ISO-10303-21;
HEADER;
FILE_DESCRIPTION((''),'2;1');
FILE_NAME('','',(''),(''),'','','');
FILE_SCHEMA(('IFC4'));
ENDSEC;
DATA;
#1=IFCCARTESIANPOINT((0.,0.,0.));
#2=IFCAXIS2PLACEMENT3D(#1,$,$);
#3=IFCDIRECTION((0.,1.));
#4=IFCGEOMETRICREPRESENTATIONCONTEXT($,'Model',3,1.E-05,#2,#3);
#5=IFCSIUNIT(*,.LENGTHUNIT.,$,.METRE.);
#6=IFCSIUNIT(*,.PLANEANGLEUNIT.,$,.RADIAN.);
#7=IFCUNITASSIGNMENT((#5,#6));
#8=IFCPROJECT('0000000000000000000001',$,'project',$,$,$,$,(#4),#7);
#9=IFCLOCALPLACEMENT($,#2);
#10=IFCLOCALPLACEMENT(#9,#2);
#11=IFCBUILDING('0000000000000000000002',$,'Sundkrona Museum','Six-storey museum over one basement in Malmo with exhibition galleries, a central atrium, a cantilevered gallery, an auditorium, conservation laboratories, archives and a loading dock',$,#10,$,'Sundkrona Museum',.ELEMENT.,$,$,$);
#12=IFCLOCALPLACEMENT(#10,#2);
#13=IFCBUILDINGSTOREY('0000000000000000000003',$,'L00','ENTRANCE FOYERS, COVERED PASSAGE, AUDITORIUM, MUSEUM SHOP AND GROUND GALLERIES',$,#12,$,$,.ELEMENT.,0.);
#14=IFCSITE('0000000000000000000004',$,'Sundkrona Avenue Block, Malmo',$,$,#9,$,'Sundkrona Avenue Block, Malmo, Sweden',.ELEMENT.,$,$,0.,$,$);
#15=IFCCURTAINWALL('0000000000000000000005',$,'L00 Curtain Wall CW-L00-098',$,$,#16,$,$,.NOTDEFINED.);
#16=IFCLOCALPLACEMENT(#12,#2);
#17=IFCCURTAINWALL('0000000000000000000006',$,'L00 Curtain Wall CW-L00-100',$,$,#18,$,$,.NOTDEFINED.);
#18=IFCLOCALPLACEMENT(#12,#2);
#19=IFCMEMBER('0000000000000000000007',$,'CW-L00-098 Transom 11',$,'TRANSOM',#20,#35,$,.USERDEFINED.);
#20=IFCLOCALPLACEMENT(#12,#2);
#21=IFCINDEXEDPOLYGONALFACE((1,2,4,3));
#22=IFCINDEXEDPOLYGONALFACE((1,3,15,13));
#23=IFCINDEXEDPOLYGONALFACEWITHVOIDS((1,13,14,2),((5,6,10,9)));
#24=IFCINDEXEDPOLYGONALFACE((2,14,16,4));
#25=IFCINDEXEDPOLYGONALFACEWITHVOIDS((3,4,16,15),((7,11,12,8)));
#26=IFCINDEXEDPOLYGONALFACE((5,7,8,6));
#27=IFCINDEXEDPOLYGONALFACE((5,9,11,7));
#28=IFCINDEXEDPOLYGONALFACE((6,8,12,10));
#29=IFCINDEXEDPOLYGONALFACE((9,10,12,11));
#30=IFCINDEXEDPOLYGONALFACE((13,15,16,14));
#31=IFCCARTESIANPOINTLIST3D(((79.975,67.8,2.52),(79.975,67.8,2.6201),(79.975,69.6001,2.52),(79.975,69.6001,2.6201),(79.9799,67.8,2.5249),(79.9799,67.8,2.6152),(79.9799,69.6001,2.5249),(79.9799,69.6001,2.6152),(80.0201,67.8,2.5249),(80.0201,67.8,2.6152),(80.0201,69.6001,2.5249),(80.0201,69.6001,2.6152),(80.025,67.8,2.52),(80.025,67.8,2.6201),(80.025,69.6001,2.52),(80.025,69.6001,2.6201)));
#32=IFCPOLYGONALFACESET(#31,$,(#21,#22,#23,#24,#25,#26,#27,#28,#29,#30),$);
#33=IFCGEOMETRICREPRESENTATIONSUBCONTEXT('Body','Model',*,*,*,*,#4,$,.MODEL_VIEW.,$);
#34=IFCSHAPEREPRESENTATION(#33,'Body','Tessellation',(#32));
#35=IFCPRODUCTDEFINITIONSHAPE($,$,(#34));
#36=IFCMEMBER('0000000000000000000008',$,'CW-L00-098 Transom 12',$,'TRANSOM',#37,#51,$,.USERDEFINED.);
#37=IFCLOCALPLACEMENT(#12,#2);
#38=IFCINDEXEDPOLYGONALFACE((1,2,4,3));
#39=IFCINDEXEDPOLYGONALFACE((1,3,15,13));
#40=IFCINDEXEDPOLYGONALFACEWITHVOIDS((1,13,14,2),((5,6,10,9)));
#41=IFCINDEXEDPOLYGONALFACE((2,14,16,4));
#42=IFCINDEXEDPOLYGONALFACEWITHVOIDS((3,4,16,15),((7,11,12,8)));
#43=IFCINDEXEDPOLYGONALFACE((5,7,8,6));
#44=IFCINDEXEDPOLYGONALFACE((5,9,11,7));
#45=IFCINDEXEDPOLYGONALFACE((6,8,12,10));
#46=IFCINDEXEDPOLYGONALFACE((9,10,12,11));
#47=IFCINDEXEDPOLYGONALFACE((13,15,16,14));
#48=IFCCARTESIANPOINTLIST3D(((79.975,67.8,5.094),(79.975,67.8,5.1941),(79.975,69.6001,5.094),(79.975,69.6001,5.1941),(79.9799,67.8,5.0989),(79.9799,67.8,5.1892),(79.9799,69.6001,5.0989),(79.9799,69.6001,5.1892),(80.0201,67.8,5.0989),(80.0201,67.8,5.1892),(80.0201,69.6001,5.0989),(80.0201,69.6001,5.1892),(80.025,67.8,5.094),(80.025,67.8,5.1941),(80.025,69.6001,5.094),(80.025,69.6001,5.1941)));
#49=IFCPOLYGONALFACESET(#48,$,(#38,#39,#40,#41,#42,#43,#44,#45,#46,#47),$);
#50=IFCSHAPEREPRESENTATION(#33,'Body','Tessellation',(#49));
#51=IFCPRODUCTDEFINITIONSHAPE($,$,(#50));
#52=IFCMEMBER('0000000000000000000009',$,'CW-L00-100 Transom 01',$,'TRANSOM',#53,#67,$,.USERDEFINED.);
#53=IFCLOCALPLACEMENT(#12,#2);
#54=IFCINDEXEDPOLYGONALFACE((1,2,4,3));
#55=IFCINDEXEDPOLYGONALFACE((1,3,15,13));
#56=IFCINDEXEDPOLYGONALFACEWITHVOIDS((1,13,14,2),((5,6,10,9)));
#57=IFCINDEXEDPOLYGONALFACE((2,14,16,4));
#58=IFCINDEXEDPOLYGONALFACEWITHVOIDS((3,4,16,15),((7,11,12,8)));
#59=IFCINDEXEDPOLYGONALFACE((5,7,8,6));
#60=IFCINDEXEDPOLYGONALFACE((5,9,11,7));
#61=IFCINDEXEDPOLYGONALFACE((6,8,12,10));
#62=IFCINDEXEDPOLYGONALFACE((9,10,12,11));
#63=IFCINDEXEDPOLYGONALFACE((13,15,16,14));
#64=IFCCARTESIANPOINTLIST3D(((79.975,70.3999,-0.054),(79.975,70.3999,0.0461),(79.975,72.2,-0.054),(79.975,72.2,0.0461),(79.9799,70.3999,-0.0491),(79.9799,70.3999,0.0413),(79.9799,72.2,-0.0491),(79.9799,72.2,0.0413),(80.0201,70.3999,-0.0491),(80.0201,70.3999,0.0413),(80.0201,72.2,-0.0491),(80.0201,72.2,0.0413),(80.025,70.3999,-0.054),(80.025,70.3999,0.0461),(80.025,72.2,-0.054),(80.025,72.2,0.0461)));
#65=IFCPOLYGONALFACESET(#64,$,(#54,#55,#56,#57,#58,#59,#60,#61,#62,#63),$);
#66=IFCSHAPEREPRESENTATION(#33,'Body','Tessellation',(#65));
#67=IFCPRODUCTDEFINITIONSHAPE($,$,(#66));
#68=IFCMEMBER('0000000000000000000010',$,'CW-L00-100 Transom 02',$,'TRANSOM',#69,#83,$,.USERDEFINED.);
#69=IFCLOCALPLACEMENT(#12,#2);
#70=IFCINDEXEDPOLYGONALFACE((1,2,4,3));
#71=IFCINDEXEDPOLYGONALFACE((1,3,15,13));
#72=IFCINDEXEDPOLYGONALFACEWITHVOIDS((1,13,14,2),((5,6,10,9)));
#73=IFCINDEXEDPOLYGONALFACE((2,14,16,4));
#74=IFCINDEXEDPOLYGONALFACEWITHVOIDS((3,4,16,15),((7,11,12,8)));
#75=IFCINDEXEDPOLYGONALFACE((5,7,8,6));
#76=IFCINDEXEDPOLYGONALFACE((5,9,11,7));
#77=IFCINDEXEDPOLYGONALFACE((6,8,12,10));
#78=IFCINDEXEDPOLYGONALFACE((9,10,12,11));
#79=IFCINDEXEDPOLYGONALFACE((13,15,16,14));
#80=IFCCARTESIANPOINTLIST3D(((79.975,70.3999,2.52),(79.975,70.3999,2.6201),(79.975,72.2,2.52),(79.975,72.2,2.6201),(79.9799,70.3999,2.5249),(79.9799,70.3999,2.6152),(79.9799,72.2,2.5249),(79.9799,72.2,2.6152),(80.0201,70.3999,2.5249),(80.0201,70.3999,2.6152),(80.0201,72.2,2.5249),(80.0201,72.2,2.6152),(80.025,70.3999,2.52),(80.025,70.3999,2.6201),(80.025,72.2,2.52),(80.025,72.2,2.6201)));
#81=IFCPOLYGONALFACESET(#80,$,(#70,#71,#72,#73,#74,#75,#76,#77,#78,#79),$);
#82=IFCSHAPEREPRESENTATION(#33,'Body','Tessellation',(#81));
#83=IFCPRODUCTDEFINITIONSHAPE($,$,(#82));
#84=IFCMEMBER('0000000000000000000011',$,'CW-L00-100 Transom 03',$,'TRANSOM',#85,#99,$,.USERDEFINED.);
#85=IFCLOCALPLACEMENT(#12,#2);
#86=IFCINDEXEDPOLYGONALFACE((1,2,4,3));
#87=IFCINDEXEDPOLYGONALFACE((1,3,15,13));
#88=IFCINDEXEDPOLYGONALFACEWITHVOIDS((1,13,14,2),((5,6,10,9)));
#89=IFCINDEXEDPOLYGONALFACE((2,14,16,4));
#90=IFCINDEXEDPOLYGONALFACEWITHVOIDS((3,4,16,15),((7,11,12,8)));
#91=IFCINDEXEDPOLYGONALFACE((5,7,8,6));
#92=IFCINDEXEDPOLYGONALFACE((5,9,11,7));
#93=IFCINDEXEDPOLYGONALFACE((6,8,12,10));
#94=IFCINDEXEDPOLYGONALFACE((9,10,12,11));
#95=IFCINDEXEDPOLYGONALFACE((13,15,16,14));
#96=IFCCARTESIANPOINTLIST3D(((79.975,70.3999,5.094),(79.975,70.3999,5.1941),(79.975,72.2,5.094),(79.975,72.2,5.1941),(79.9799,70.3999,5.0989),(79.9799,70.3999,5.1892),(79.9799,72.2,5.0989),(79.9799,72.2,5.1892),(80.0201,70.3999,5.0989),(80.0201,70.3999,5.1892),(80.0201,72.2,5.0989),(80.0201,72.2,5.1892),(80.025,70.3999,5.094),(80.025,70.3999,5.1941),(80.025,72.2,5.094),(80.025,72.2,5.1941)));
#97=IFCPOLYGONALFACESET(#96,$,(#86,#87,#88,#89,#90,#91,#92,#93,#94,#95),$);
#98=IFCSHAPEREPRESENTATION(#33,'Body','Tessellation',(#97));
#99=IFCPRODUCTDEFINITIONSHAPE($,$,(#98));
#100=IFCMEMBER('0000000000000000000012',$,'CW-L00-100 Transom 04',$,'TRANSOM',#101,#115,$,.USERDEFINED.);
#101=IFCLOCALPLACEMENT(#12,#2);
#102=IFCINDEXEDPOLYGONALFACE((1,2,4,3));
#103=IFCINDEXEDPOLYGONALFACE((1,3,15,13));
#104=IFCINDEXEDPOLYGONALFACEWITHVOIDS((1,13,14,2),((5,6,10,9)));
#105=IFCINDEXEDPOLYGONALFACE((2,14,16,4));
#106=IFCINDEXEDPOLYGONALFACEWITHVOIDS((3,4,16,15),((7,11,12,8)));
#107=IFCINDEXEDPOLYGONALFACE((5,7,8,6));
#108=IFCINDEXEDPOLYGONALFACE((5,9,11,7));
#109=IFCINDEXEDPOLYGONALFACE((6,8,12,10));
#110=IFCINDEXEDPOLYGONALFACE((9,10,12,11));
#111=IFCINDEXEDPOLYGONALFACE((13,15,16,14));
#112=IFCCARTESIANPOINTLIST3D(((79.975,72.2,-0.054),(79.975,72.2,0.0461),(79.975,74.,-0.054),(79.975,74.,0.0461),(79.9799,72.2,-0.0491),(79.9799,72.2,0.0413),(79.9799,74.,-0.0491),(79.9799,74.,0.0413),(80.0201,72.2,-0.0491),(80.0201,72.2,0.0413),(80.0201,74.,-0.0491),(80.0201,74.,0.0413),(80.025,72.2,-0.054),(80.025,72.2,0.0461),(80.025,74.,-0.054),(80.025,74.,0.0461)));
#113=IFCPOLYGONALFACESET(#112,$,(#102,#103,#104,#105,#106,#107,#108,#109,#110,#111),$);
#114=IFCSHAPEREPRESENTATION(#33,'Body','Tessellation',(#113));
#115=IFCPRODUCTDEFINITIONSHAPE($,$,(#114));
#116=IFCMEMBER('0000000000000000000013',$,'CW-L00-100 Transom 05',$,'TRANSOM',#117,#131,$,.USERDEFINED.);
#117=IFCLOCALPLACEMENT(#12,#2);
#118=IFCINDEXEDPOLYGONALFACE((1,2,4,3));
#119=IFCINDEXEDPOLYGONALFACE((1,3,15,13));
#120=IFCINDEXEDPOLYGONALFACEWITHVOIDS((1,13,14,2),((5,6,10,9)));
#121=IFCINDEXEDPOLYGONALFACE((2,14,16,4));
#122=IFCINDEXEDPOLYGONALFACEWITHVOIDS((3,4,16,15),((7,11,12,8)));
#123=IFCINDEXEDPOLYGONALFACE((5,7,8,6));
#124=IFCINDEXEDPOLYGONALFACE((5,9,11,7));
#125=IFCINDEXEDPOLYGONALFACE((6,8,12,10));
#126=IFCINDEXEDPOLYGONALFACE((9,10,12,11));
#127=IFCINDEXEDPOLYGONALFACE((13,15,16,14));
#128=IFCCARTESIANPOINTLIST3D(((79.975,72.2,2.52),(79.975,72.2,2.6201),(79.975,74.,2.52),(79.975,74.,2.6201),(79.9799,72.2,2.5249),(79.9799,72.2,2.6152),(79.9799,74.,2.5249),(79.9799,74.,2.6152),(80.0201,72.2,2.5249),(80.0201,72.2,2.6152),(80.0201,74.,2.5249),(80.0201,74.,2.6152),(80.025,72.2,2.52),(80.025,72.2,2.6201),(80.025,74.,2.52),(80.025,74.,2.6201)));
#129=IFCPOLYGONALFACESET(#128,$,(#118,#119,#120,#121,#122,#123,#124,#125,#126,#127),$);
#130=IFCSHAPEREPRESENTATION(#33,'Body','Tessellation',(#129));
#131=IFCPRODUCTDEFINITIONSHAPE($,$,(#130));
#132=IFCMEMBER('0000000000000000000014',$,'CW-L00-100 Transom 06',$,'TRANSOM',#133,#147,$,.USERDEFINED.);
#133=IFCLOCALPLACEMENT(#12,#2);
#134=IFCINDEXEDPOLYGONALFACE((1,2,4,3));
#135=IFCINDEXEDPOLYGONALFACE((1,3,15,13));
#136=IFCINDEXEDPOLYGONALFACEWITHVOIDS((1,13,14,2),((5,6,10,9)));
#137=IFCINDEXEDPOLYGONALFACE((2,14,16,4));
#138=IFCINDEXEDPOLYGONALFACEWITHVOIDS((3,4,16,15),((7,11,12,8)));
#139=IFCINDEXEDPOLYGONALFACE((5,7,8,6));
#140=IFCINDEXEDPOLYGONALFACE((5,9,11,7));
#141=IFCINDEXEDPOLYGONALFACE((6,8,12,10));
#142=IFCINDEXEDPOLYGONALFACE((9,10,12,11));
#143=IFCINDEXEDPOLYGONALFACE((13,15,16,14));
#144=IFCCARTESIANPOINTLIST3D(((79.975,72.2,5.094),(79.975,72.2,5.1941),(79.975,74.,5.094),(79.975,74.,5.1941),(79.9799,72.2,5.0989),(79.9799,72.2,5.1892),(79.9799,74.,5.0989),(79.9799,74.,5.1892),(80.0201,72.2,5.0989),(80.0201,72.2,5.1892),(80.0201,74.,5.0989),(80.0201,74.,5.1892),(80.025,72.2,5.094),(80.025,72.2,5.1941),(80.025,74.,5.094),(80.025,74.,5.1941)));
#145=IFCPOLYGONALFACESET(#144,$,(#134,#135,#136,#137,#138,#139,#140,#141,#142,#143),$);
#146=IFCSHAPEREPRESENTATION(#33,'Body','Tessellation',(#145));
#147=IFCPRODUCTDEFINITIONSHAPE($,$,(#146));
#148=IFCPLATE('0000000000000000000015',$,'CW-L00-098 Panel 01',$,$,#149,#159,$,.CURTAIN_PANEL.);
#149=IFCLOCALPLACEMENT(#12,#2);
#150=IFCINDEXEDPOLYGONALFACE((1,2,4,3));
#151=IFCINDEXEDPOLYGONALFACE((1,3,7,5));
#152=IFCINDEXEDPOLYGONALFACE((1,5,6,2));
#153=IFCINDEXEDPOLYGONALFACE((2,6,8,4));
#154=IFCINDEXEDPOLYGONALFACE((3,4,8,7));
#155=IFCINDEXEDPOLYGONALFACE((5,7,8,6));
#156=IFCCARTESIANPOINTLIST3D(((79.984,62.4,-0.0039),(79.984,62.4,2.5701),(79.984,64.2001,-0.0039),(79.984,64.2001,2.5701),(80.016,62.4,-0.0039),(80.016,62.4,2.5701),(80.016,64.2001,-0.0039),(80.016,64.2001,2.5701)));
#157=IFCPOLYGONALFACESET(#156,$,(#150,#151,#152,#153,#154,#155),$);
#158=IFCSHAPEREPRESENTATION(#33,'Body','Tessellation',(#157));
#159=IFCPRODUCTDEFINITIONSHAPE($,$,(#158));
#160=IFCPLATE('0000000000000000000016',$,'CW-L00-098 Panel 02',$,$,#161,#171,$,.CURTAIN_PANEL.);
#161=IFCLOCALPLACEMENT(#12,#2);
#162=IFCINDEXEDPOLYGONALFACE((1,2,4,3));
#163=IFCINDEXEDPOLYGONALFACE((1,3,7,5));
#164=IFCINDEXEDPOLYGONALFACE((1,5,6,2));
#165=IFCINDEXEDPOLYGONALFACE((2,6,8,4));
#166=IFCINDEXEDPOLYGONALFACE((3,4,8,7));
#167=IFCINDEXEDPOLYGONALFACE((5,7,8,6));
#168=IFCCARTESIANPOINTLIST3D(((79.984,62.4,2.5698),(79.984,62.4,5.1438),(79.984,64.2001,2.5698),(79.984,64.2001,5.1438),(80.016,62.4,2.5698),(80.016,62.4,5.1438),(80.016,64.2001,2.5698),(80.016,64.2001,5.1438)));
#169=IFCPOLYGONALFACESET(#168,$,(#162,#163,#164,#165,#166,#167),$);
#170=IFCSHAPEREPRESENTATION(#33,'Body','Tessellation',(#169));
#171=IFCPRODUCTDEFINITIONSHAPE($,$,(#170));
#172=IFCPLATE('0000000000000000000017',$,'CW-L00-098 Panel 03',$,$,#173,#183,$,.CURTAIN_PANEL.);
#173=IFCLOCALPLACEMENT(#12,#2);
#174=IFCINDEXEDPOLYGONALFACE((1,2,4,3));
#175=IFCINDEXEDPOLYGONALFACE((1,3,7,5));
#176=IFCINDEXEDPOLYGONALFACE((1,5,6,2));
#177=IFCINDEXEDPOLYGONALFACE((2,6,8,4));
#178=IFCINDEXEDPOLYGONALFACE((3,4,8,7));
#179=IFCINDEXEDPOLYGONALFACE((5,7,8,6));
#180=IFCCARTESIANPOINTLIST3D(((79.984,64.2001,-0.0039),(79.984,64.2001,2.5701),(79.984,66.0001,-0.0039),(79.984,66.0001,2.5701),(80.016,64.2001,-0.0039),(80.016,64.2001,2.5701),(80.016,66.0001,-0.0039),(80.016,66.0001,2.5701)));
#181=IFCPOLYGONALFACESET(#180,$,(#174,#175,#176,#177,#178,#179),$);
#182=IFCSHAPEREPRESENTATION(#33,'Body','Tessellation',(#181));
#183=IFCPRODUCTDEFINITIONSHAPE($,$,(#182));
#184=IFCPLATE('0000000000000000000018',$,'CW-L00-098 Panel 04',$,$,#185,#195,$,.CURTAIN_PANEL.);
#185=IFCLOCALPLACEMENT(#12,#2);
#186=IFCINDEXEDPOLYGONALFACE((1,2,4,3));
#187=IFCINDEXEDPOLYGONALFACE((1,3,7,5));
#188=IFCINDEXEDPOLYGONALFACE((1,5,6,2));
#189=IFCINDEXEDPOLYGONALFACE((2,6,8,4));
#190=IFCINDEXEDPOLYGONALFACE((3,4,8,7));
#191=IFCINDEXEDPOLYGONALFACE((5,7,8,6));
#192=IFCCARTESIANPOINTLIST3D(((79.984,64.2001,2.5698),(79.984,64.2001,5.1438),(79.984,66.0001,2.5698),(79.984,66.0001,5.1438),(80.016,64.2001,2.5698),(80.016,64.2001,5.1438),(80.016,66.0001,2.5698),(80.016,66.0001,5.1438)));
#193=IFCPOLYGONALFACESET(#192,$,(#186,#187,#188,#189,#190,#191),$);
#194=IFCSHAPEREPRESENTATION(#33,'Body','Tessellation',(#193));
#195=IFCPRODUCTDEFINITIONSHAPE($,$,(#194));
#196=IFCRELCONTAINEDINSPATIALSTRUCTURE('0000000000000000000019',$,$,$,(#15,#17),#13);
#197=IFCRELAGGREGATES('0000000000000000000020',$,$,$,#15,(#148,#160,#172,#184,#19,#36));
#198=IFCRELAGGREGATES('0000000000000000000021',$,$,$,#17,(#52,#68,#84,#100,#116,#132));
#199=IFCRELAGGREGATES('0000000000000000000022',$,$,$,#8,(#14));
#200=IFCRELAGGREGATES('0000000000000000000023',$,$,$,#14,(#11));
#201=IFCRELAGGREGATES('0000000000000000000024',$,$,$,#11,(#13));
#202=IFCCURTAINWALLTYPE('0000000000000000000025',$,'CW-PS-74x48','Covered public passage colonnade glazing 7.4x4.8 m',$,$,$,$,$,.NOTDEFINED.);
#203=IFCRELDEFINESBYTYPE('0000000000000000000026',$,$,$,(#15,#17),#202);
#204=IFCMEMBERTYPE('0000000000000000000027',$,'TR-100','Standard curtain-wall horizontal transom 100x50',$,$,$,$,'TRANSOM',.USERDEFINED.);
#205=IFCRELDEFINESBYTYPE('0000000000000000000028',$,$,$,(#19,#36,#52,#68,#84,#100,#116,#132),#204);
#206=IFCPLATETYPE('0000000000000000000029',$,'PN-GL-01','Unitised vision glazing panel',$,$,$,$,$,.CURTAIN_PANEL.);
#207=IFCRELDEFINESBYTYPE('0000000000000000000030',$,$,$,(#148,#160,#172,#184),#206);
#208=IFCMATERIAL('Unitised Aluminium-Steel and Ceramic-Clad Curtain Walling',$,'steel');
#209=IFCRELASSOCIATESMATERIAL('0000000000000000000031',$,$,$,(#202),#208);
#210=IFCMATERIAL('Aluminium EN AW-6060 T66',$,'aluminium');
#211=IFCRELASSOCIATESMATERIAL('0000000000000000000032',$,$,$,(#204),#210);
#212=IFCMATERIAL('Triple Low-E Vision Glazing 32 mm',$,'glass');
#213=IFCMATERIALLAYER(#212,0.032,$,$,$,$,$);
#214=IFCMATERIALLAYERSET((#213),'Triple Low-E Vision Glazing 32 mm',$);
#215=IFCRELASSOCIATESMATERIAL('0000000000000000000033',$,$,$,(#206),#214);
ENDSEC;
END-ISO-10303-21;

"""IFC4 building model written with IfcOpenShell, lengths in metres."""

from ifc_helpers import new_model, si_unit, direction, frame, origin, origin_2d, place, context, subcontext, project, spatial, rectangle, hollow_rectangle, extrude, material, layer, layer_set, material_profile, profile_set, type_object, element, aggregate, save


model = new_model("IFC4")

# Units and contexts
model_context = context("Model", 3, precision=1e-05, world=origin(), true_north=direction((0.0, 1.0)))
body_context = subcontext(model_context, "Body", "Model", "MODEL_VIEW")
ifc_project = project(units=[si_unit("LENGTHUNIT", "METRE"), si_unit("PLANEANGLEUNIT", "RADIAN")], contexts=[model_context])

# Site, building, storey
site_placement = place(None, origin())
site = spatial("IfcSite", under=ifc_project, at=site_placement, Name="Sundkrona Avenue Block, Malmo", LongName="Sundkrona Avenue Block, Malmo, Sweden", CompositionType="ELEMENT", RefElevation=0.0)
building_placement = place(site_placement, origin())
building = spatial("IfcBuilding", under=site, at=building_placement, Name="Sundkrona Museum", Description="Six-storey museum over one basement in Malmo with exhibition galleries, a central atrium, a cantilevered gallery, an auditorium, conservation laboratories, archives and a loading dock", LongName="Sundkrona Museum", CompositionType="ELEMENT")
storey_placement = place(building_placement, origin())
storey = spatial("IfcBuildingStorey", under=building, at=storey_placement, Name="L00", Description="ENTRANCE FOYERS, COVERED PASSAGE, AUDITORIUM, MUSEUM SHOP AND GROUND GALLERIES", CompositionType="ELEMENT", Elevation=0.0)

# Curtain walls
ifc_material_1 = material(Name="Unitised Aluminium-Steel and Ceramic-Clad Curtain Walling", Category="steel")
curtain_wall_type = type_object("IfcCurtainWallType", Name="CW-PS-74x48", Description="Covered public passage colonnade glazing 7.4x4.8 m", PredefinedType="NOTDEFINED", material=ifc_material_1)
curtain_wall_1_placement = place(storey_placement, origin())
curtain_wall_1 = element("IfcCurtainWall", 1, at=curtain_wall_1_placement, inside=storey, type_object=curtain_wall_type, Name="L00 Curtain Wall CW-L00-098", PredefinedType="NOTDEFINED")
ifc_material_2 = material(Name="Aluminium EN AW-6060 T66", Category="aluminium")
curtain_wall_2_placement = place(storey_placement, origin())
curtain_wall_2 = element("IfcCurtainWall", 2, at=curtain_wall_2_placement, inside=storey, type_object=curtain_wall_type, Name="L00 Curtain Wall CW-L00-100", PredefinedType="NOTDEFINED")

# Members
ifc_material_profile_1 = material_profile(ifc_material_2, hollow_rectangle(XDim=0.05, YDim=0.1001, WallThickness=0.0049, at=origin_2d()), Name="RHS 100x50x5.0")
ifc_profile_set_1 = profile_set([ifc_material_profile_1], Name="Aluminium EN AW-6060 T66")
member_type_1 = type_object("IfcMemberType", Name="TR-100", Description="Standard curtain-wall horizontal transom 100x50", ElementType="TRANSOM", PredefinedType="USERDEFINED", material=ifc_profile_set_1)
member_1_placement = place(storey_placement, frame((80.0, 67.8, 2.5701), z_axis=(0.0, 1.0, 0.0), x_axis=(-1.0, 0.0, 0.0)))
member_1 = element("IfcMember", 3, at=member_1_placement, type_object=member_type_1, Name="CW-L00-098 Transom 11", ObjectType="TRANSOM", PredefinedType="USERDEFINED", context=body_context, shape_type="SweptSolid", body=[
    extrude(hollow_rectangle(XDim=0.05, YDim=0.1001, WallThickness=0.0049, at=origin_2d()), origin(), (0.0, 0.0, 1.0), 1.8),
])
member_2_placement = place(storey_placement, frame((80.0, 67.8, 5.144), z_axis=(0.0, 1.0, 0.0), x_axis=(-1.0, 0.0, 0.0)))
member_2 = element("IfcMember", 4, at=member_2_placement, type_object=member_type_1, Name="CW-L00-098 Transom 12", ObjectType="TRANSOM", PredefinedType="USERDEFINED", context=body_context, shape_type="SweptSolid", body=[
    extrude(hollow_rectangle(XDim=0.05, YDim=0.1001, WallThickness=0.0049, at=origin_2d()), origin(), (0.0, 0.0, 1.0), 1.8),
])
member_3_placement = place(storey_placement, frame((80.0, 70.3999, -0.0039), z_axis=(0.0, 1.0, 0.0), x_axis=(-1.0, 0.0, 0.0)))
member_3 = element("IfcMember", 5, at=member_3_placement, type_object=member_type_1, Name="CW-L00-100 Transom 01", ObjectType="TRANSOM", PredefinedType="USERDEFINED", context=body_context, shape_type="SweptSolid", body=[
    extrude(hollow_rectangle(XDim=0.05, YDim=0.1001, WallThickness=0.0049, at=origin_2d()), origin(), (0.0, 0.0, 1.0), 1.8),
])
member_4_placement = place(storey_placement, frame((80.0, 70.3999, 2.5701), z_axis=(0.0, 1.0, 0.0), x_axis=(-1.0, 0.0, 0.0)))
member_4 = element("IfcMember", 6, at=member_4_placement, type_object=member_type_1, Name="CW-L00-100 Transom 02", ObjectType="TRANSOM", PredefinedType="USERDEFINED", context=body_context, shape_type="SweptSolid", body=[
    extrude(hollow_rectangle(XDim=0.05, YDim=0.1001, WallThickness=0.0049, at=origin_2d()), origin(), (0.0, 0.0, 1.0), 1.8),
])
member_5_placement = place(storey_placement, frame((80.0, 70.3999, 5.144), z_axis=(0.0, 1.0, 0.0), x_axis=(-1.0, 0.0, 0.0)))
member_5 = element("IfcMember", 7, at=member_5_placement, type_object=member_type_1, Name="CW-L00-100 Transom 03", ObjectType="TRANSOM", PredefinedType="USERDEFINED", context=body_context, shape_type="SweptSolid", body=[
    extrude(hollow_rectangle(XDim=0.05, YDim=0.1001, WallThickness=0.0049, at=origin_2d()), origin(), (0.0, 0.0, 1.0), 1.8),
])
member_6_placement = place(storey_placement, frame((80.0, 72.2, -0.0039), z_axis=(0.0, 1.0, 0.0), x_axis=(-1.0, 0.0, 0.0)))
member_6 = element("IfcMember", 8, at=member_6_placement, type_object=member_type_1, Name="CW-L00-100 Transom 04", ObjectType="TRANSOM", PredefinedType="USERDEFINED", context=body_context, shape_type="SweptSolid", body=[
    extrude(hollow_rectangle(XDim=0.05, YDim=0.1001, WallThickness=0.0049, at=origin_2d()), origin(), (0.0, 0.0, 1.0), 1.8),
])
member_7_placement = place(storey_placement, frame((80.0, 72.2, 2.5701), z_axis=(0.0, 1.0, 0.0), x_axis=(-1.0, 0.0, 0.0)))
member_7 = element("IfcMember", 9, at=member_7_placement, type_object=member_type_1, Name="CW-L00-100 Transom 05", ObjectType="TRANSOM", PredefinedType="USERDEFINED", context=body_context, shape_type="SweptSolid", body=[
    extrude(hollow_rectangle(XDim=0.05, YDim=0.1001, WallThickness=0.0049, at=origin_2d()), origin(), (0.0, 0.0, 1.0), 1.8),
])
member_8_placement = place(storey_placement, frame((80.0, 72.2, 5.144), z_axis=(0.0, 1.0, 0.0), x_axis=(-1.0, 0.0, 0.0)))
member_8 = element("IfcMember", 10, at=member_8_placement, type_object=member_type_1, Name="CW-L00-100 Transom 06", ObjectType="TRANSOM", PredefinedType="USERDEFINED", context=body_context, shape_type="SweptSolid", body=[
    extrude(hollow_rectangle(XDim=0.05, YDim=0.1001, WallThickness=0.0049, at=origin_2d()), origin(), (0.0, 0.0, 1.0), 1.8),
])

# Plates
ifc_material_3 = material(Name="Triple Low-E Vision Glazing 32 mm", Category="glass")
ifc_layer = layer(ifc_material_3, 0.032)
ifc_layer_set = layer_set([ifc_layer], Name="Triple Low-E Vision Glazing 32 mm")
plate_type = type_object("IfcPlateType", Name="PN-GL-01", Description="Unitised vision glazing panel", PredefinedType="CURTAIN_PANEL", material=ifc_layer_set)
plate_1_placement = place(storey_placement, frame((80.0, 63.3, -0.0039), z_axis=(0.0, 0.0, 1.0), x_axis=(0.0, 1.0, 0.0)))
plate_1 = element("IfcPlate", 11, at=plate_1_placement, type_object=plate_type, Name="CW-L00-098 Panel 01", PredefinedType="CURTAIN_PANEL", context=body_context, shape_type="SweptSolid", body=[
    extrude(rectangle(XDim=1.8, YDim=0.032, at=origin_2d()), origin(), (0.0, 0.0, 1.0), 2.574),
])
plate_2_placement = place(storey_placement, frame((80.0, 63.3, 2.5698), z_axis=(0.0, 0.0, 1.0), x_axis=(0.0, 1.0, 0.0)))
plate_2 = element("IfcPlate", 12, at=plate_2_placement, type_object=plate_type, Name="CW-L00-098 Panel 02", PredefinedType="CURTAIN_PANEL", context=body_context, shape_type="SweptSolid", body=[
    extrude(rectangle(XDim=1.8, YDim=0.032, at=origin_2d()), origin(), (0.0, 0.0, 1.0), 2.574),
])
plate_3_placement = place(storey_placement, frame((80.0, 65.1001, -0.0039), z_axis=(0.0, 0.0, 1.0), x_axis=(0.0, 1.0, 0.0)))
plate_3 = element("IfcPlate", 13, at=plate_3_placement, type_object=plate_type, Name="CW-L00-098 Panel 03", PredefinedType="CURTAIN_PANEL", context=body_context, shape_type="SweptSolid", body=[
    extrude(rectangle(XDim=1.8, YDim=0.032, at=origin_2d()), origin(), (0.0, 0.0, 1.0), 2.574),
])
plate_4_placement = place(storey_placement, frame((80.0, 65.1001, 2.5698), z_axis=(0.0, 0.0, 1.0), x_axis=(0.0, 1.0, 0.0)))
plate_4 = element("IfcPlate", 14, at=plate_4_placement, type_object=plate_type, Name="CW-L00-098 Panel 04", PredefinedType="CURTAIN_PANEL", context=body_context, shape_type="SweptSolid", body=[
    extrude(rectangle(XDim=1.8, YDim=0.032, at=origin_2d()), origin(), (0.0, 0.0, 1.0), 2.574),
])
aggregate(curtain_wall_1, [plate_1, plate_2, plate_3, plate_4, member_1, member_2])
aggregate(curtain_wall_2, [member_3, member_4, member_5, member_6, member_7, member_8])

save(model, "model.ifc")
